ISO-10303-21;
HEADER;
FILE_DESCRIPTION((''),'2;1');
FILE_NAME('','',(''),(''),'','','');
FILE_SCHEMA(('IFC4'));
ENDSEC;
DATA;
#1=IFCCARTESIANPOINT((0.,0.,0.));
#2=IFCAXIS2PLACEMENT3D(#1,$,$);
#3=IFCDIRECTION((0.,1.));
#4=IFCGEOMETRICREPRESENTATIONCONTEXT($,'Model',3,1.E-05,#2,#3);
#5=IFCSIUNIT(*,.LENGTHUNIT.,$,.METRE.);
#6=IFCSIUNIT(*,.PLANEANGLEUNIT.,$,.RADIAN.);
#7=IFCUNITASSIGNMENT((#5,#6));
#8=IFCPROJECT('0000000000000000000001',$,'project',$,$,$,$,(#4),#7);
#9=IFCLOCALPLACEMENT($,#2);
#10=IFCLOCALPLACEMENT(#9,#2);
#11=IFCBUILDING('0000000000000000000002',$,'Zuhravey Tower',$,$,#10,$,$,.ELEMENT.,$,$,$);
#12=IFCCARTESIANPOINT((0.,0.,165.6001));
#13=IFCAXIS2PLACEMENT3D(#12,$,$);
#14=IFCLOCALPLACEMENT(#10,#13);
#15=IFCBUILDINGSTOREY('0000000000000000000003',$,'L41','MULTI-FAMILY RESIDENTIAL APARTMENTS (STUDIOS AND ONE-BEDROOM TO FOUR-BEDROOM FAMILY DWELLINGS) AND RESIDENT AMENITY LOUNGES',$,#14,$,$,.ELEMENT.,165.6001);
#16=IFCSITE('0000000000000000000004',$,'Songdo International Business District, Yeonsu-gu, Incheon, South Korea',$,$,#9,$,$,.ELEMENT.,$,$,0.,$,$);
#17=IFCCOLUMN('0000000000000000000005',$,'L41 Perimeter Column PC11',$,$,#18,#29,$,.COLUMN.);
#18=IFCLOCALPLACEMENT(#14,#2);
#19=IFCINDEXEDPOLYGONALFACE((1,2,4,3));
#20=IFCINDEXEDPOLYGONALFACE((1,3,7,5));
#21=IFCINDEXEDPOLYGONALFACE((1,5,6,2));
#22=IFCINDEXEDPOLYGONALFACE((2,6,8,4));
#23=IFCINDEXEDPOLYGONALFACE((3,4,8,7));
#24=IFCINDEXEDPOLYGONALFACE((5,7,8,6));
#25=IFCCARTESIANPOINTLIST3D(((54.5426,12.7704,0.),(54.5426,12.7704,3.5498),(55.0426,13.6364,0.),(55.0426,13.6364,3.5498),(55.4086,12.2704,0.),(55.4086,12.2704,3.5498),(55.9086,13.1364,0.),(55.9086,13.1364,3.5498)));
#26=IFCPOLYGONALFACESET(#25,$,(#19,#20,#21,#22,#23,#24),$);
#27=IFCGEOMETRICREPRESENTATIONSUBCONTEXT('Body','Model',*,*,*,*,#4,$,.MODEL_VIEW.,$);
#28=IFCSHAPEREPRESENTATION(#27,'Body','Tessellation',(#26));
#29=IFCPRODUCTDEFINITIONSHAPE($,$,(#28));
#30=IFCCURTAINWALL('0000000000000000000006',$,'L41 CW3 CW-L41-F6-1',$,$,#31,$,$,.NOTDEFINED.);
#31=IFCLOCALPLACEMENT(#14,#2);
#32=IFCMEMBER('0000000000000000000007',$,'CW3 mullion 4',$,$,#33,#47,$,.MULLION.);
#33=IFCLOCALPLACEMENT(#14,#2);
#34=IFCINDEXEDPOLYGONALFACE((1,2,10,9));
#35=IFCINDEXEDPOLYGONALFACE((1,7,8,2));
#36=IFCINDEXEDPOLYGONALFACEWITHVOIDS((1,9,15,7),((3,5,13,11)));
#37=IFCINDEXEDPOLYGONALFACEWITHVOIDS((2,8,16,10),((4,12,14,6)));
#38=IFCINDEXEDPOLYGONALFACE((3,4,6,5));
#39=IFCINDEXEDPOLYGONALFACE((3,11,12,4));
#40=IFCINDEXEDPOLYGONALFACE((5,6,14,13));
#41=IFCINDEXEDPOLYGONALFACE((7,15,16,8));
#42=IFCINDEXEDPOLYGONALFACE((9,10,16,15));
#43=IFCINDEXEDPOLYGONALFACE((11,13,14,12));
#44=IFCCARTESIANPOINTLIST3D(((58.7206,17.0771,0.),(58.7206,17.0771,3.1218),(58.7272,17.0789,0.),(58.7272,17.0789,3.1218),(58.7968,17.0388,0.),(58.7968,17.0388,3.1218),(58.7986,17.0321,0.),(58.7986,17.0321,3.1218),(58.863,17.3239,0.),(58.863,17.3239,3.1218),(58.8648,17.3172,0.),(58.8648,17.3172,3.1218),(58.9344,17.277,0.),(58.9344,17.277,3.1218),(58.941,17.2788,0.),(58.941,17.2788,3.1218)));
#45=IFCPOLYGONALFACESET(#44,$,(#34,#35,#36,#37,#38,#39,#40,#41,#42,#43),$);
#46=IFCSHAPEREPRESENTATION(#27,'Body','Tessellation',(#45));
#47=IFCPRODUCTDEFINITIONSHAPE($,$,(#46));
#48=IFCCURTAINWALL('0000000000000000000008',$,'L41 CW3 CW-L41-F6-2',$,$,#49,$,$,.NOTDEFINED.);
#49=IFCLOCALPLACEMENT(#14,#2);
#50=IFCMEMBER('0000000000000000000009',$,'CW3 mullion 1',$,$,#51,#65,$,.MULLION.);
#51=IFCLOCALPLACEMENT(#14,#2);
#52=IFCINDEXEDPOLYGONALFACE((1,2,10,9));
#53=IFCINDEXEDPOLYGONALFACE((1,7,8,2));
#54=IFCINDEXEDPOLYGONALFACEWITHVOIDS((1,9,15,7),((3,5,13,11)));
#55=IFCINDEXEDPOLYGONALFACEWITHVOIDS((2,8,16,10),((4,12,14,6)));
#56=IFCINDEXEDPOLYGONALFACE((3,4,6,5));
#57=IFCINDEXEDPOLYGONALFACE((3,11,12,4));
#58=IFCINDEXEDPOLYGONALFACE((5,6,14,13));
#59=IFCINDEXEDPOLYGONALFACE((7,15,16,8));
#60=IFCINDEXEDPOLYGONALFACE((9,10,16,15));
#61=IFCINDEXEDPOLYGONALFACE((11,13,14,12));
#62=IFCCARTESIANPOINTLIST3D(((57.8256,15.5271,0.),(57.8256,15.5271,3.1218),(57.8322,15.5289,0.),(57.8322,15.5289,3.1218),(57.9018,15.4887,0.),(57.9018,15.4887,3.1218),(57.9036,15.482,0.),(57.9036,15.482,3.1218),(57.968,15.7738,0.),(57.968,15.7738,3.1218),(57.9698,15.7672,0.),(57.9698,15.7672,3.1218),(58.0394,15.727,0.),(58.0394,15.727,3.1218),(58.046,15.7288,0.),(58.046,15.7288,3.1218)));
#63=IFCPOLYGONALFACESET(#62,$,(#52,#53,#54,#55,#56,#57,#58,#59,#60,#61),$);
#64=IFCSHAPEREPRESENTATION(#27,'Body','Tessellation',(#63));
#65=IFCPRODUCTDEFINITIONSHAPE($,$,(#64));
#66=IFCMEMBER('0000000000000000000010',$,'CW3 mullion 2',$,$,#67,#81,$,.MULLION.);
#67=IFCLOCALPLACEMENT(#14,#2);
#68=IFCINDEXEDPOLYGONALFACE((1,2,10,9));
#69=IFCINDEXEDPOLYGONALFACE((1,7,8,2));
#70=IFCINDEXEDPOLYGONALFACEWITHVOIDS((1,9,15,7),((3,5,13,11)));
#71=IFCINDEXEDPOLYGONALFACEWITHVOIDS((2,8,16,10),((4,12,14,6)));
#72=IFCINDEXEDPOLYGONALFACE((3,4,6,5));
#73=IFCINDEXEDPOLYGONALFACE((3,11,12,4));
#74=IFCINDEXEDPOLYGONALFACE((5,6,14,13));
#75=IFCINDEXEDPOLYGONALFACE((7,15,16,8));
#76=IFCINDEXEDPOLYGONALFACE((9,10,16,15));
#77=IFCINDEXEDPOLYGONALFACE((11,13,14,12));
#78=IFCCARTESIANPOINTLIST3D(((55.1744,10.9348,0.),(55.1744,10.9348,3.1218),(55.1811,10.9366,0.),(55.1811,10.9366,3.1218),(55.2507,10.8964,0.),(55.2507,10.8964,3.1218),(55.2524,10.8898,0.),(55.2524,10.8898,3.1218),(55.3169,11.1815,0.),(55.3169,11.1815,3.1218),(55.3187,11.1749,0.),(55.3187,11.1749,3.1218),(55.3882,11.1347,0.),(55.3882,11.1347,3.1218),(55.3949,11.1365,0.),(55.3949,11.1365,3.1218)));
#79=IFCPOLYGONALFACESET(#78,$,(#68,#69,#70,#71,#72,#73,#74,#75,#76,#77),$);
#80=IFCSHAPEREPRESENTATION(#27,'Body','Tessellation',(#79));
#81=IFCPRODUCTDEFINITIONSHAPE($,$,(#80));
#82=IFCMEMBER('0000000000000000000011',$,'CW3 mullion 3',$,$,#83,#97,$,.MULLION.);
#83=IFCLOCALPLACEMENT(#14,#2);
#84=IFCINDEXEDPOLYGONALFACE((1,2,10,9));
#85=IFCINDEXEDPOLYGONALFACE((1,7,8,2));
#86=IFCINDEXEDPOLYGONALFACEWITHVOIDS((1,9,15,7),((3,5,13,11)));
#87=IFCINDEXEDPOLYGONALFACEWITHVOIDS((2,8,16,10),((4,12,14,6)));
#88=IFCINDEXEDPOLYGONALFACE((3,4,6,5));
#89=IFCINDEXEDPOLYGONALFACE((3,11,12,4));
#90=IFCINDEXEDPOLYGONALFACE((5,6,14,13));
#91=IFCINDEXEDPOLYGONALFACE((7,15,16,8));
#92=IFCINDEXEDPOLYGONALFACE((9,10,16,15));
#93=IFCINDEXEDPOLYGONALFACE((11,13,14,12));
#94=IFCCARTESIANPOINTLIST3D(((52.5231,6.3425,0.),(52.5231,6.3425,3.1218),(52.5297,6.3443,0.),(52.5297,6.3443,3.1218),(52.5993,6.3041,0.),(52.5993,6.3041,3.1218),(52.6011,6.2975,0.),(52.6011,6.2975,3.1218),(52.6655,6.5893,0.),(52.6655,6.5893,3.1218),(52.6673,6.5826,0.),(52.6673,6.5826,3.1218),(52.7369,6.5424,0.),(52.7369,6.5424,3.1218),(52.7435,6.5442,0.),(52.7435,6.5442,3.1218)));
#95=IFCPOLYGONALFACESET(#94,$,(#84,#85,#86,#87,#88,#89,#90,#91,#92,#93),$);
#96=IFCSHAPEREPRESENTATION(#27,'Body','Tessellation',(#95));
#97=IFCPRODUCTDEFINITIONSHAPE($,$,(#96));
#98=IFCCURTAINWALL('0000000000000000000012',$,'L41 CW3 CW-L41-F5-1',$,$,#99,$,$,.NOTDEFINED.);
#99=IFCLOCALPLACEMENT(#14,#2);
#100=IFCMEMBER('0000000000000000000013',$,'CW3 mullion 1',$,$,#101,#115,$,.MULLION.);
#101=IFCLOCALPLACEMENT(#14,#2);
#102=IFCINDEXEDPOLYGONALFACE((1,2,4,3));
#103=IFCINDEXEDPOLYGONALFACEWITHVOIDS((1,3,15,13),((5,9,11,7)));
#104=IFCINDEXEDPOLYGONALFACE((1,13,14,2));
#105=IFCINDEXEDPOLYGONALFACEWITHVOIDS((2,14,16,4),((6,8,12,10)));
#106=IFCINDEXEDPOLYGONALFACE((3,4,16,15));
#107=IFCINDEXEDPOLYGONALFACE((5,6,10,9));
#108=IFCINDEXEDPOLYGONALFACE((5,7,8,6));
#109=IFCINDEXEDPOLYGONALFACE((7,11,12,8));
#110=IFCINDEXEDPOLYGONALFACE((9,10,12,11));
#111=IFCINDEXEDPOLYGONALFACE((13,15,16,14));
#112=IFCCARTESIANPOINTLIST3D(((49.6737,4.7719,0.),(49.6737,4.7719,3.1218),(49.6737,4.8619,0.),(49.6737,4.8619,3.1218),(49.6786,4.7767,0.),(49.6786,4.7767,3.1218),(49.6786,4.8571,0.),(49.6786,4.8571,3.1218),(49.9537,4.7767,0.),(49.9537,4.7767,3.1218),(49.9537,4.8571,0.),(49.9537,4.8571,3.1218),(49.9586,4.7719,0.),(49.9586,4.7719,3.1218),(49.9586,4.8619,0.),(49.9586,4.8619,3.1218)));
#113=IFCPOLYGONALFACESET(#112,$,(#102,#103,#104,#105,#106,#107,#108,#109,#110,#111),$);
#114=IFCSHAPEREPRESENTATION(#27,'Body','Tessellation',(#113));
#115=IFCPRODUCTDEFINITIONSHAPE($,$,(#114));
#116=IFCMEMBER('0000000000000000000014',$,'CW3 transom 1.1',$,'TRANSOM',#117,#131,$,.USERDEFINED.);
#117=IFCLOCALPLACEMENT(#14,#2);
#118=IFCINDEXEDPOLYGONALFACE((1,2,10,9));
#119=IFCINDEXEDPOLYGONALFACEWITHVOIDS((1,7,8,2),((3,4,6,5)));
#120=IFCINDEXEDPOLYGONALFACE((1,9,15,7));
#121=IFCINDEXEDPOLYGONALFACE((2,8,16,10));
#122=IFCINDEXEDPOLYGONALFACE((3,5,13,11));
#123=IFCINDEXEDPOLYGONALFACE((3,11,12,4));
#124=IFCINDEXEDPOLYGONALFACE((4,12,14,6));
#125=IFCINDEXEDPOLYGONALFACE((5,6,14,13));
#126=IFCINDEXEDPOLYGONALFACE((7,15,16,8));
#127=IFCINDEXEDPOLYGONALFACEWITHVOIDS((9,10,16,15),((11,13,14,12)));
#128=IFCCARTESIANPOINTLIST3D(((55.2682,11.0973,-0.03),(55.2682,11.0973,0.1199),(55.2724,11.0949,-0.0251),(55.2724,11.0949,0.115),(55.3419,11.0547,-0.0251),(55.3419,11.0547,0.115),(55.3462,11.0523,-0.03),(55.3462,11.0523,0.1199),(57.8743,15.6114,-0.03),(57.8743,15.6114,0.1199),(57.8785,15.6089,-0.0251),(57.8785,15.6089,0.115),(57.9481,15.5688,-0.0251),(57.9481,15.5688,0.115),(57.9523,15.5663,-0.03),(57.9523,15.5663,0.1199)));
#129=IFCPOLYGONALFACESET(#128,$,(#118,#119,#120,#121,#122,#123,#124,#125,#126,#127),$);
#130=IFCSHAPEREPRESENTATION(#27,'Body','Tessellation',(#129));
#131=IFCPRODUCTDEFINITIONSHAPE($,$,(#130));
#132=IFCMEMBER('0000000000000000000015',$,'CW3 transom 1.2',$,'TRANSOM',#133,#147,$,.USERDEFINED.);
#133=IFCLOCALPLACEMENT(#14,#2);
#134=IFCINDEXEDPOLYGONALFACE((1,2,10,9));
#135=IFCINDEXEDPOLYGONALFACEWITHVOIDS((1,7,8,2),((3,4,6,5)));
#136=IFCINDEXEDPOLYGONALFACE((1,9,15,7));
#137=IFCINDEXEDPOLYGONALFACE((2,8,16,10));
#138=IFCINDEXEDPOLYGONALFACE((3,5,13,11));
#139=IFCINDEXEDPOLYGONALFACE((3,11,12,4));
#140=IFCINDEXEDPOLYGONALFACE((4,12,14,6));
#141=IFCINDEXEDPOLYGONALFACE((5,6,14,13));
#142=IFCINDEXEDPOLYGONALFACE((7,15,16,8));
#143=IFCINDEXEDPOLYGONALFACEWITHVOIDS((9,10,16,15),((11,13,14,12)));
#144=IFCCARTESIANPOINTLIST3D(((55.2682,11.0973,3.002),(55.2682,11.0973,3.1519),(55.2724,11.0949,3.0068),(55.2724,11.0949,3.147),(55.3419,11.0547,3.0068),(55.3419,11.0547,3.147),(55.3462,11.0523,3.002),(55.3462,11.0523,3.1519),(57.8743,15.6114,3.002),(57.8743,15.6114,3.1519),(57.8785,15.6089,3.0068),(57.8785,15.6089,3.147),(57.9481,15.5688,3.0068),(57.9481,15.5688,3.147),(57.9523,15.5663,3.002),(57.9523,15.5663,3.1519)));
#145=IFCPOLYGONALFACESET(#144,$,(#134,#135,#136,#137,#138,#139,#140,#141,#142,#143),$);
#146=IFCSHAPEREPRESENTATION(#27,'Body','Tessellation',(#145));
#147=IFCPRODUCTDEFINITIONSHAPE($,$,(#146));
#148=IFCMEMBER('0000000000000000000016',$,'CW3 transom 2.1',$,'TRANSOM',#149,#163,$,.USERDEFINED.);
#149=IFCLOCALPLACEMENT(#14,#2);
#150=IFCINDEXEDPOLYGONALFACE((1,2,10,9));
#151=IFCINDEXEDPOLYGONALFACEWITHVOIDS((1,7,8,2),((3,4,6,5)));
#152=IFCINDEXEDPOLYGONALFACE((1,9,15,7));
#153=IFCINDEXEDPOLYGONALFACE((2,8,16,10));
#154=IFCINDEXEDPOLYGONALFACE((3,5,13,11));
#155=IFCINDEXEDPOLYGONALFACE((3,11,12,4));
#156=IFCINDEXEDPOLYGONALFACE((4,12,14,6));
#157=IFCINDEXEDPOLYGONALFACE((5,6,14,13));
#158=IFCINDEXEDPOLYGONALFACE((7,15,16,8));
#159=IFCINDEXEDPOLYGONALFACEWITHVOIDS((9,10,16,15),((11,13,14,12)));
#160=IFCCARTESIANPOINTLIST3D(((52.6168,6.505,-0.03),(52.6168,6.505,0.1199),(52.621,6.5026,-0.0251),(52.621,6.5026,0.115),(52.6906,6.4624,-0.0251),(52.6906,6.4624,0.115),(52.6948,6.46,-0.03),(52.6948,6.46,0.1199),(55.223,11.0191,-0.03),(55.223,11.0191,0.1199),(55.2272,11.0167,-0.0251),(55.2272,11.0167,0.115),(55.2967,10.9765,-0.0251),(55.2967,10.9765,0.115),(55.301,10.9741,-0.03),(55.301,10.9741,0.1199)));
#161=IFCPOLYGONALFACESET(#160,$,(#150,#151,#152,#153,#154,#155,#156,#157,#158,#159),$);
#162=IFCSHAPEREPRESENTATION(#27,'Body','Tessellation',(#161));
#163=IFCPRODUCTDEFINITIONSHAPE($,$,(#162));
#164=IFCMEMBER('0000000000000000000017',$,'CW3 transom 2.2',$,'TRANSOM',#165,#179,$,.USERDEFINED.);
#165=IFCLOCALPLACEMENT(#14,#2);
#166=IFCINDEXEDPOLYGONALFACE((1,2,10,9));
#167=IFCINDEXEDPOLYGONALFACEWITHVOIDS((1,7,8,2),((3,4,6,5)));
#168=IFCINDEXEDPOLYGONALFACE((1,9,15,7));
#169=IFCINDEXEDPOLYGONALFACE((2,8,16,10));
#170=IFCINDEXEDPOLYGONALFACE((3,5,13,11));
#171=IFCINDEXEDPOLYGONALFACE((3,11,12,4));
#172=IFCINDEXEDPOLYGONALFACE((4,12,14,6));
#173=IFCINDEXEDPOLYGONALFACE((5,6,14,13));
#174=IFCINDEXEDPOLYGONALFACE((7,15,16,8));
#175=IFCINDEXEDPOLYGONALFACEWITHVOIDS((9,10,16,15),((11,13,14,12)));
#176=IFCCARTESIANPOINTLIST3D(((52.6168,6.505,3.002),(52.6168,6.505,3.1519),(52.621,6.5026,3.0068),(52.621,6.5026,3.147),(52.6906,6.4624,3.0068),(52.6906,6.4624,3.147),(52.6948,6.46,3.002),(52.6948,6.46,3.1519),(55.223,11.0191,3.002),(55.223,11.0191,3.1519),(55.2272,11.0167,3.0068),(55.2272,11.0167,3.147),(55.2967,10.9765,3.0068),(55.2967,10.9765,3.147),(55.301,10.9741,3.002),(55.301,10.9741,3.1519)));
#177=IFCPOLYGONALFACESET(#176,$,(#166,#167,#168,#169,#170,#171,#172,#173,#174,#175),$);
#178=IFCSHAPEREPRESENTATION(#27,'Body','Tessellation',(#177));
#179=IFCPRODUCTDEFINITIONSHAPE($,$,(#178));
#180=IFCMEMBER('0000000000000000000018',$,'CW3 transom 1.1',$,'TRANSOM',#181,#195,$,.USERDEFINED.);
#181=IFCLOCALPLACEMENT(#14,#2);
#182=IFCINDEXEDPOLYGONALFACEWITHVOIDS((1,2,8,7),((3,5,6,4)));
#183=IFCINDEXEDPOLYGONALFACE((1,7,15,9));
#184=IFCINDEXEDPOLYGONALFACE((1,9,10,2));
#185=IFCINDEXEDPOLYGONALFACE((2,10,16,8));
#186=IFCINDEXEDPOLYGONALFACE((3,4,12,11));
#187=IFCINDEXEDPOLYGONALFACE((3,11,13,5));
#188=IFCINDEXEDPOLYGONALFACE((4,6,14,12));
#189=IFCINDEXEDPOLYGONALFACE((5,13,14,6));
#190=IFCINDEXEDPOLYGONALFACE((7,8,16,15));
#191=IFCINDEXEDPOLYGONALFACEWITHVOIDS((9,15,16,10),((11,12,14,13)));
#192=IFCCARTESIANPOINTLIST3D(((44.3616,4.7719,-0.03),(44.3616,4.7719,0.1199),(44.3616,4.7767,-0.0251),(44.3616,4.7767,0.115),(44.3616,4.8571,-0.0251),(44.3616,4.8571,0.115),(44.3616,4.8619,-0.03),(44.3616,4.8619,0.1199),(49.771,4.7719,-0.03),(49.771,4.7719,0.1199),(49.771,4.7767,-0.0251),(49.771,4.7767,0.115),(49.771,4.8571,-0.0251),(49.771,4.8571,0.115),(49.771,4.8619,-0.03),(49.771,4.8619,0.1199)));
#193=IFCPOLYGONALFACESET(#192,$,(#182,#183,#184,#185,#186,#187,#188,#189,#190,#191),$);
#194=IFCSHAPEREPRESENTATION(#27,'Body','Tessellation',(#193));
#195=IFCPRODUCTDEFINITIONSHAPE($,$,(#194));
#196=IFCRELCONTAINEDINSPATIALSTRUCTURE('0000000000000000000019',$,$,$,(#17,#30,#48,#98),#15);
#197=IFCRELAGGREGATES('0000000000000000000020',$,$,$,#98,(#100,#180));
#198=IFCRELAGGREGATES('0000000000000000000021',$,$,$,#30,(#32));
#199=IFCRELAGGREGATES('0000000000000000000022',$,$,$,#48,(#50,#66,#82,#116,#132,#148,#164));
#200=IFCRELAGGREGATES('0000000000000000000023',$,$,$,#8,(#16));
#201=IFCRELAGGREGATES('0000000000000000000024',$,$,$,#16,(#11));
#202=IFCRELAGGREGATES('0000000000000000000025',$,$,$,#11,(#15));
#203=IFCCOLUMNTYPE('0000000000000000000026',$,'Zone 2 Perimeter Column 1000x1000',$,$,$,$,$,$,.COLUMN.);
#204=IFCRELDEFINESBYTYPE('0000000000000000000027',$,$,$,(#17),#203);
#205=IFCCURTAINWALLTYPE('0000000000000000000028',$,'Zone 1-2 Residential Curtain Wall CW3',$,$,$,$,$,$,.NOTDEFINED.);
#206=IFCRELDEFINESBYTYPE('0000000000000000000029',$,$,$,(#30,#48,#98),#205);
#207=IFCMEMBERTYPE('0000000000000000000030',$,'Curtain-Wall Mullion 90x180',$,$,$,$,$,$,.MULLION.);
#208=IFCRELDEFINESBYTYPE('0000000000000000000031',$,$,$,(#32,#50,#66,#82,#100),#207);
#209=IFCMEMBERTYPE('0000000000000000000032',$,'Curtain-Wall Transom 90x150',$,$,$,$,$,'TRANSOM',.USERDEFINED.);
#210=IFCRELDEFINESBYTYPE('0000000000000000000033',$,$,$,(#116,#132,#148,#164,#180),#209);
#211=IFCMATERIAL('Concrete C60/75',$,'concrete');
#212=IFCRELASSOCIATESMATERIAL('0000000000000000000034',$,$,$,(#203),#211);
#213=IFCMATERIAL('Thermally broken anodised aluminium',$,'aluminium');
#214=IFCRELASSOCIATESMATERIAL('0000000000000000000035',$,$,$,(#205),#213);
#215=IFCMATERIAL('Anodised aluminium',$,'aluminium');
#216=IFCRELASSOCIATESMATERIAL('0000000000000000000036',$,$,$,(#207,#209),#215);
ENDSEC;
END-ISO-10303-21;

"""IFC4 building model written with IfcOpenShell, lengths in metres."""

from ifc_helpers import new_model, si_unit, direction, frame, origin, origin_2d, place, context, subcontext, project, spatial, rectangle, hollow_rectangle, extrude, material, material_profile, profile_set, type_object, element, aggregate, save


model = new_model("IFC4")

# Units and contexts
model_context = context("Model", 3, precision=1e-05, world=origin(), true_north=direction((0.0, 1.0)))
body_context = subcontext(model_context, "Body", "Model", "MODEL_VIEW")
ifc_project = project(units=[si_unit("LENGTHUNIT", "METRE"), si_unit("PLANEANGLEUNIT", "RADIAN")], contexts=[model_context])

# Site, building, storey
site_placement = place(None, origin())
site = spatial("IfcSite", under=ifc_project, at=site_placement, Name="Songdo International Business District, Yeonsu-gu, Incheon, South Korea", CompositionType="ELEMENT", RefElevation=0.0)
building_placement = place(site_placement, origin())
building = spatial("IfcBuilding", under=site, at=building_placement, Name="Zuhravey Tower", CompositionType="ELEMENT")
storey_placement = place(building_placement, frame((0.0, 0.0, 165.6001)))
storey = spatial("IfcBuildingStorey", under=building, at=storey_placement, Name="L41", Description="MULTI-FAMILY RESIDENTIAL APARTMENTS (STUDIOS AND ONE-BEDROOM TO FOUR-BEDROOM FAMILY DWELLINGS) AND RESIDENT AMENITY LOUNGES", CompositionType="ELEMENT", Elevation=165.6001)

# Column
ifc_material_1 = material(Name="Concrete C60/75", Category="concrete")
ifc_material_profile_1 = material_profile(ifc_material_1, rectangle(XDim=1.0, YDim=1.0, at=origin_2d()), Name="RC-1000x1000")
ifc_profile_set_1 = profile_set([ifc_material_profile_1], Name="Concrete C60/75")
column_type = type_object("IfcColumnType", Name="Zone 2 Perimeter Column 1000x1000", PredefinedType="COLUMN", material=ifc_profile_set_1)
column_placement = place(storey_placement, frame((55.2256, 12.9534, 0.0), z_axis=(0.0, 0.0, 1.0), x_axis=(0.5, 0.866025, 0.0)))
element("IfcColumn", 1, at=column_placement, inside=storey, type_object=column_type, Name="L41 Perimeter Column PC11", PredefinedType="COLUMN", context=body_context, shape_type="SweptSolid", body=[
    extrude(rectangle(XDim=1.0, YDim=1.0, at=origin_2d()), origin(), (0.0, 0.0, 1.0), 3.5498),
])

# Curtain wall, member
ifc_material_2 = material(Name="Thermally broken anodised aluminium", Category="aluminium")
curtain_wall_type = type_object("IfcCurtainWallType", Name="Zone 1-2 Residential Curtain Wall CW3", PredefinedType="NOTDEFINED", material=ifc_material_2)
curtain_wall_1_placement = place(storey_placement, origin())
curtain_wall_1 = element("IfcCurtainWall", 2, at=curtain_wall_1_placement, inside=storey, type_object=curtain_wall_type, Name="L41 CW3 CW-L41-F6-1", PredefinedType="NOTDEFINED")
ifc_material_3 = material(Name="Anodised aluminium", Category="aluminium")
ifc_material_profile_2 = material_profile(ifc_material_3, hollow_rectangle(XDim=0.0901, YDim=0.2849, WallThickness=0.0049, at=origin_2d()), Name="ALU-RHS-90x285x5")
ifc_profile_set_2 = profile_set([ifc_material_profile_2], Name="Anodised aluminium")
member_type_1 = type_object("IfcMemberType", Name="Curtain-Wall Mullion 90x180", PredefinedType="MULLION", material=ifc_profile_set_2)
member_1_placement = place(storey_placement, frame((58.8308, 17.178, 0.0), z_axis=(0.0, 0.0, 1.0), x_axis=(0.866025, -0.5, 0.0)))
member_1 = element("IfcMember", 3, at=member_1_placement, type_object=member_type_1, Name="CW3 mullion 4", PredefinedType="MULLION", context=body_context, shape_type="SweptSolid", body=[
    extrude(hollow_rectangle(XDim=0.0901, YDim=0.2849, WallThickness=0.0049, at=origin_2d()), origin(), (0.0, 0.0, 1.0), 3.1218),
])

# Curtain wall, members
curtain_wall_2_placement = place(storey_placement, origin())
curtain_wall_2 = element("IfcCurtainWall", 4, at=curtain_wall_2_placement, inside=storey, type_object=curtain_wall_type, Name="L41 CW3 CW-L41-F6-2", PredefinedType="NOTDEFINED")
member_2_placement = place(storey_placement, frame((57.9358, 15.6279, 0.0), z_axis=(0.0, 0.0, 1.0), x_axis=(0.866026, -0.5, 0.0)))
member_2 = element("IfcMember", 5, at=member_2_placement, type_object=member_type_1, Name="CW3 mullion 1", PredefinedType="MULLION", context=body_context, shape_type="SweptSolid", body=[
    extrude(hollow_rectangle(XDim=0.0901, YDim=0.2849, WallThickness=0.0049, at=origin_2d()), origin(), (0.0, 0.0, 1.0), 3.1218),
])
member_3_placement = place(storey_placement, frame((55.2847, 11.0356, 0.0), z_axis=(0.0, 0.0, 1.0), x_axis=(0.866026, -0.5, 0.0)))
member_3 = element("IfcMember", 6, at=member_3_placement, type_object=member_type_1, Name="CW3 mullion 2", PredefinedType="MULLION", context=body_context, shape_type="SweptSolid", body=[
    extrude(hollow_rectangle(XDim=0.0901, YDim=0.2849, WallThickness=0.0049, at=origin_2d()), origin(), (0.0, 0.0, 1.0), 3.1218),
])
member_4_placement = place(storey_placement, frame((52.6333, 6.4434, 0.0), z_axis=(0.0, 0.0, 1.0), x_axis=(0.866026, -0.5, 0.0)))
member_4 = element("IfcMember", 7, at=member_4_placement, type_object=member_type_1, Name="CW3 mullion 3", PredefinedType="MULLION", context=body_context, shape_type="SweptSolid", body=[
    extrude(hollow_rectangle(XDim=0.0901, YDim=0.2849, WallThickness=0.0049, at=origin_2d()), origin(), (0.0, 0.0, 1.0), 3.1218),
])

# Curtain wall, member
curtain_wall_3_placement = place(storey_placement, origin())
curtain_wall_3 = element("IfcCurtainWall", 8, at=curtain_wall_3_placement, inside=storey, type_object=curtain_wall_type, Name="L41 CW3 CW-L41-F5-1", PredefinedType="NOTDEFINED")
member_5_placement = place(storey_placement, frame((49.8162, 4.8169, 0.0), z_axis=(0.0, 0.0, 1.0), x_axis=(0.0, -1.0, 0.0)))
member_5 = element("IfcMember", 9, at=member_5_placement, type_object=member_type_1, Name="CW3 mullion 1", PredefinedType="MULLION", context=body_context, shape_type="SweptSolid", body=[
    extrude(hollow_rectangle(XDim=0.0901, YDim=0.2849, WallThickness=0.0049, at=origin_2d()), origin(), (0.0, 0.0, 1.0), 3.1218),
])

# Members
ifc_material_profile_3 = material_profile(ifc_material_3, hollow_rectangle(XDim=0.0901, YDim=0.1499, WallThickness=0.0049, at=origin_2d()), Name="ALU-RHS-90x150x5")
ifc_profile_set_3 = profile_set([ifc_material_profile_3], Name="Anodised aluminium")
member_type_2 = type_object("IfcMemberType", Name="Curtain-Wall Transom 90x150", ElementType="TRANSOM", PredefinedType="USERDEFINED", material=ifc_profile_set_3)
member_6_placement = place(storey_placement, frame((57.9133, 15.5889, 0.0449), z_axis=(-0.499993, -0.86603, 0.0), x_axis=(0.86603, -0.499993, 0.0)))
member_6 = element("IfcMember", 10, at=member_6_placement, type_object=member_type_2, Name="CW3 transom 1.1", ObjectType="TRANSOM", PredefinedType="USERDEFINED", context=body_context, shape_type="SweptSolid", body=[
    extrude(hollow_rectangle(XDim=0.0901, YDim=0.1499, WallThickness=0.0049, at=origin_2d()), origin(), (0.0, 0.0, 1.0), 5.2124),
])
member_7_placement = place(storey_placement, frame((57.9133, 15.5889, 3.0769), z_axis=(-0.499993, -0.86603, 0.0), x_axis=(0.86603, -0.499993, 0.0)))
member_7 = element("IfcMember", 11, at=member_7_placement, type_object=member_type_2, Name="CW3 transom 1.2", ObjectType="TRANSOM", PredefinedType="USERDEFINED", context=body_context, shape_type="SweptSolid", body=[
    extrude(hollow_rectangle(XDim=0.0901, YDim=0.1499, WallThickness=0.0049, at=origin_2d()), origin(), (0.0, 0.0, 1.0), 5.2124),
])
member_8_placement = place(storey_placement, frame((55.262, 10.9966, 0.0449), z_axis=(-0.499993, -0.86603, 0.0), x_axis=(0.86603, -0.499993, 0.0)))
member_8 = element("IfcMember", 12, at=member_8_placement, type_object=member_type_2, Name="CW3 transom 2.1", ObjectType="TRANSOM", PredefinedType="USERDEFINED", context=body_context, shape_type="SweptSolid", body=[
    extrude(hollow_rectangle(XDim=0.0901, YDim=0.1499, WallThickness=0.0049, at=origin_2d()), origin(), (0.0, 0.0, 1.0), 5.2124),
])
member_9_placement = place(storey_placement, frame((55.262, 10.9966, 3.0769), z_axis=(-0.499993, -0.86603, 0.0), x_axis=(0.86603, -0.499993, 0.0)))
member_9 = element("IfcMember", 13, at=member_9_placement, type_object=member_type_2, Name="CW3 transom 2.2", ObjectType="TRANSOM", PredefinedType="USERDEFINED", context=body_context, shape_type="SweptSolid", body=[
    extrude(hollow_rectangle(XDim=0.0901, YDim=0.1499, WallThickness=0.0049, at=origin_2d()), origin(), (0.0, 0.0, 1.0), 5.2124),
])
member_10_placement = place(storey_placement, frame((49.771, 4.8169, 0.0449), z_axis=(-1.0, 0.0, 0.0), x_axis=(0.0, -1.0, 0.0)))
member_10 = element("IfcMember", 14, at=member_10_placement, type_object=member_type_2, Name="CW3 transom 1.1", ObjectType="TRANSOM", PredefinedType="USERDEFINED", context=body_context, shape_type="SweptSolid", body=[
    extrude(hollow_rectangle(XDim=0.0901, YDim=0.1499, WallThickness=0.0049, at=origin_2d()), origin(), (0.0, 0.0, 1.0), 5.4094),
])
aggregate(curtain_wall_3, [member_5, member_10])

aggregate(curtain_wall_1, [member_1])
aggregate(curtain_wall_2, [member_2, member_3, member_4, member_6, member_7, member_8, member_9])

save(model, "model.ifc")
